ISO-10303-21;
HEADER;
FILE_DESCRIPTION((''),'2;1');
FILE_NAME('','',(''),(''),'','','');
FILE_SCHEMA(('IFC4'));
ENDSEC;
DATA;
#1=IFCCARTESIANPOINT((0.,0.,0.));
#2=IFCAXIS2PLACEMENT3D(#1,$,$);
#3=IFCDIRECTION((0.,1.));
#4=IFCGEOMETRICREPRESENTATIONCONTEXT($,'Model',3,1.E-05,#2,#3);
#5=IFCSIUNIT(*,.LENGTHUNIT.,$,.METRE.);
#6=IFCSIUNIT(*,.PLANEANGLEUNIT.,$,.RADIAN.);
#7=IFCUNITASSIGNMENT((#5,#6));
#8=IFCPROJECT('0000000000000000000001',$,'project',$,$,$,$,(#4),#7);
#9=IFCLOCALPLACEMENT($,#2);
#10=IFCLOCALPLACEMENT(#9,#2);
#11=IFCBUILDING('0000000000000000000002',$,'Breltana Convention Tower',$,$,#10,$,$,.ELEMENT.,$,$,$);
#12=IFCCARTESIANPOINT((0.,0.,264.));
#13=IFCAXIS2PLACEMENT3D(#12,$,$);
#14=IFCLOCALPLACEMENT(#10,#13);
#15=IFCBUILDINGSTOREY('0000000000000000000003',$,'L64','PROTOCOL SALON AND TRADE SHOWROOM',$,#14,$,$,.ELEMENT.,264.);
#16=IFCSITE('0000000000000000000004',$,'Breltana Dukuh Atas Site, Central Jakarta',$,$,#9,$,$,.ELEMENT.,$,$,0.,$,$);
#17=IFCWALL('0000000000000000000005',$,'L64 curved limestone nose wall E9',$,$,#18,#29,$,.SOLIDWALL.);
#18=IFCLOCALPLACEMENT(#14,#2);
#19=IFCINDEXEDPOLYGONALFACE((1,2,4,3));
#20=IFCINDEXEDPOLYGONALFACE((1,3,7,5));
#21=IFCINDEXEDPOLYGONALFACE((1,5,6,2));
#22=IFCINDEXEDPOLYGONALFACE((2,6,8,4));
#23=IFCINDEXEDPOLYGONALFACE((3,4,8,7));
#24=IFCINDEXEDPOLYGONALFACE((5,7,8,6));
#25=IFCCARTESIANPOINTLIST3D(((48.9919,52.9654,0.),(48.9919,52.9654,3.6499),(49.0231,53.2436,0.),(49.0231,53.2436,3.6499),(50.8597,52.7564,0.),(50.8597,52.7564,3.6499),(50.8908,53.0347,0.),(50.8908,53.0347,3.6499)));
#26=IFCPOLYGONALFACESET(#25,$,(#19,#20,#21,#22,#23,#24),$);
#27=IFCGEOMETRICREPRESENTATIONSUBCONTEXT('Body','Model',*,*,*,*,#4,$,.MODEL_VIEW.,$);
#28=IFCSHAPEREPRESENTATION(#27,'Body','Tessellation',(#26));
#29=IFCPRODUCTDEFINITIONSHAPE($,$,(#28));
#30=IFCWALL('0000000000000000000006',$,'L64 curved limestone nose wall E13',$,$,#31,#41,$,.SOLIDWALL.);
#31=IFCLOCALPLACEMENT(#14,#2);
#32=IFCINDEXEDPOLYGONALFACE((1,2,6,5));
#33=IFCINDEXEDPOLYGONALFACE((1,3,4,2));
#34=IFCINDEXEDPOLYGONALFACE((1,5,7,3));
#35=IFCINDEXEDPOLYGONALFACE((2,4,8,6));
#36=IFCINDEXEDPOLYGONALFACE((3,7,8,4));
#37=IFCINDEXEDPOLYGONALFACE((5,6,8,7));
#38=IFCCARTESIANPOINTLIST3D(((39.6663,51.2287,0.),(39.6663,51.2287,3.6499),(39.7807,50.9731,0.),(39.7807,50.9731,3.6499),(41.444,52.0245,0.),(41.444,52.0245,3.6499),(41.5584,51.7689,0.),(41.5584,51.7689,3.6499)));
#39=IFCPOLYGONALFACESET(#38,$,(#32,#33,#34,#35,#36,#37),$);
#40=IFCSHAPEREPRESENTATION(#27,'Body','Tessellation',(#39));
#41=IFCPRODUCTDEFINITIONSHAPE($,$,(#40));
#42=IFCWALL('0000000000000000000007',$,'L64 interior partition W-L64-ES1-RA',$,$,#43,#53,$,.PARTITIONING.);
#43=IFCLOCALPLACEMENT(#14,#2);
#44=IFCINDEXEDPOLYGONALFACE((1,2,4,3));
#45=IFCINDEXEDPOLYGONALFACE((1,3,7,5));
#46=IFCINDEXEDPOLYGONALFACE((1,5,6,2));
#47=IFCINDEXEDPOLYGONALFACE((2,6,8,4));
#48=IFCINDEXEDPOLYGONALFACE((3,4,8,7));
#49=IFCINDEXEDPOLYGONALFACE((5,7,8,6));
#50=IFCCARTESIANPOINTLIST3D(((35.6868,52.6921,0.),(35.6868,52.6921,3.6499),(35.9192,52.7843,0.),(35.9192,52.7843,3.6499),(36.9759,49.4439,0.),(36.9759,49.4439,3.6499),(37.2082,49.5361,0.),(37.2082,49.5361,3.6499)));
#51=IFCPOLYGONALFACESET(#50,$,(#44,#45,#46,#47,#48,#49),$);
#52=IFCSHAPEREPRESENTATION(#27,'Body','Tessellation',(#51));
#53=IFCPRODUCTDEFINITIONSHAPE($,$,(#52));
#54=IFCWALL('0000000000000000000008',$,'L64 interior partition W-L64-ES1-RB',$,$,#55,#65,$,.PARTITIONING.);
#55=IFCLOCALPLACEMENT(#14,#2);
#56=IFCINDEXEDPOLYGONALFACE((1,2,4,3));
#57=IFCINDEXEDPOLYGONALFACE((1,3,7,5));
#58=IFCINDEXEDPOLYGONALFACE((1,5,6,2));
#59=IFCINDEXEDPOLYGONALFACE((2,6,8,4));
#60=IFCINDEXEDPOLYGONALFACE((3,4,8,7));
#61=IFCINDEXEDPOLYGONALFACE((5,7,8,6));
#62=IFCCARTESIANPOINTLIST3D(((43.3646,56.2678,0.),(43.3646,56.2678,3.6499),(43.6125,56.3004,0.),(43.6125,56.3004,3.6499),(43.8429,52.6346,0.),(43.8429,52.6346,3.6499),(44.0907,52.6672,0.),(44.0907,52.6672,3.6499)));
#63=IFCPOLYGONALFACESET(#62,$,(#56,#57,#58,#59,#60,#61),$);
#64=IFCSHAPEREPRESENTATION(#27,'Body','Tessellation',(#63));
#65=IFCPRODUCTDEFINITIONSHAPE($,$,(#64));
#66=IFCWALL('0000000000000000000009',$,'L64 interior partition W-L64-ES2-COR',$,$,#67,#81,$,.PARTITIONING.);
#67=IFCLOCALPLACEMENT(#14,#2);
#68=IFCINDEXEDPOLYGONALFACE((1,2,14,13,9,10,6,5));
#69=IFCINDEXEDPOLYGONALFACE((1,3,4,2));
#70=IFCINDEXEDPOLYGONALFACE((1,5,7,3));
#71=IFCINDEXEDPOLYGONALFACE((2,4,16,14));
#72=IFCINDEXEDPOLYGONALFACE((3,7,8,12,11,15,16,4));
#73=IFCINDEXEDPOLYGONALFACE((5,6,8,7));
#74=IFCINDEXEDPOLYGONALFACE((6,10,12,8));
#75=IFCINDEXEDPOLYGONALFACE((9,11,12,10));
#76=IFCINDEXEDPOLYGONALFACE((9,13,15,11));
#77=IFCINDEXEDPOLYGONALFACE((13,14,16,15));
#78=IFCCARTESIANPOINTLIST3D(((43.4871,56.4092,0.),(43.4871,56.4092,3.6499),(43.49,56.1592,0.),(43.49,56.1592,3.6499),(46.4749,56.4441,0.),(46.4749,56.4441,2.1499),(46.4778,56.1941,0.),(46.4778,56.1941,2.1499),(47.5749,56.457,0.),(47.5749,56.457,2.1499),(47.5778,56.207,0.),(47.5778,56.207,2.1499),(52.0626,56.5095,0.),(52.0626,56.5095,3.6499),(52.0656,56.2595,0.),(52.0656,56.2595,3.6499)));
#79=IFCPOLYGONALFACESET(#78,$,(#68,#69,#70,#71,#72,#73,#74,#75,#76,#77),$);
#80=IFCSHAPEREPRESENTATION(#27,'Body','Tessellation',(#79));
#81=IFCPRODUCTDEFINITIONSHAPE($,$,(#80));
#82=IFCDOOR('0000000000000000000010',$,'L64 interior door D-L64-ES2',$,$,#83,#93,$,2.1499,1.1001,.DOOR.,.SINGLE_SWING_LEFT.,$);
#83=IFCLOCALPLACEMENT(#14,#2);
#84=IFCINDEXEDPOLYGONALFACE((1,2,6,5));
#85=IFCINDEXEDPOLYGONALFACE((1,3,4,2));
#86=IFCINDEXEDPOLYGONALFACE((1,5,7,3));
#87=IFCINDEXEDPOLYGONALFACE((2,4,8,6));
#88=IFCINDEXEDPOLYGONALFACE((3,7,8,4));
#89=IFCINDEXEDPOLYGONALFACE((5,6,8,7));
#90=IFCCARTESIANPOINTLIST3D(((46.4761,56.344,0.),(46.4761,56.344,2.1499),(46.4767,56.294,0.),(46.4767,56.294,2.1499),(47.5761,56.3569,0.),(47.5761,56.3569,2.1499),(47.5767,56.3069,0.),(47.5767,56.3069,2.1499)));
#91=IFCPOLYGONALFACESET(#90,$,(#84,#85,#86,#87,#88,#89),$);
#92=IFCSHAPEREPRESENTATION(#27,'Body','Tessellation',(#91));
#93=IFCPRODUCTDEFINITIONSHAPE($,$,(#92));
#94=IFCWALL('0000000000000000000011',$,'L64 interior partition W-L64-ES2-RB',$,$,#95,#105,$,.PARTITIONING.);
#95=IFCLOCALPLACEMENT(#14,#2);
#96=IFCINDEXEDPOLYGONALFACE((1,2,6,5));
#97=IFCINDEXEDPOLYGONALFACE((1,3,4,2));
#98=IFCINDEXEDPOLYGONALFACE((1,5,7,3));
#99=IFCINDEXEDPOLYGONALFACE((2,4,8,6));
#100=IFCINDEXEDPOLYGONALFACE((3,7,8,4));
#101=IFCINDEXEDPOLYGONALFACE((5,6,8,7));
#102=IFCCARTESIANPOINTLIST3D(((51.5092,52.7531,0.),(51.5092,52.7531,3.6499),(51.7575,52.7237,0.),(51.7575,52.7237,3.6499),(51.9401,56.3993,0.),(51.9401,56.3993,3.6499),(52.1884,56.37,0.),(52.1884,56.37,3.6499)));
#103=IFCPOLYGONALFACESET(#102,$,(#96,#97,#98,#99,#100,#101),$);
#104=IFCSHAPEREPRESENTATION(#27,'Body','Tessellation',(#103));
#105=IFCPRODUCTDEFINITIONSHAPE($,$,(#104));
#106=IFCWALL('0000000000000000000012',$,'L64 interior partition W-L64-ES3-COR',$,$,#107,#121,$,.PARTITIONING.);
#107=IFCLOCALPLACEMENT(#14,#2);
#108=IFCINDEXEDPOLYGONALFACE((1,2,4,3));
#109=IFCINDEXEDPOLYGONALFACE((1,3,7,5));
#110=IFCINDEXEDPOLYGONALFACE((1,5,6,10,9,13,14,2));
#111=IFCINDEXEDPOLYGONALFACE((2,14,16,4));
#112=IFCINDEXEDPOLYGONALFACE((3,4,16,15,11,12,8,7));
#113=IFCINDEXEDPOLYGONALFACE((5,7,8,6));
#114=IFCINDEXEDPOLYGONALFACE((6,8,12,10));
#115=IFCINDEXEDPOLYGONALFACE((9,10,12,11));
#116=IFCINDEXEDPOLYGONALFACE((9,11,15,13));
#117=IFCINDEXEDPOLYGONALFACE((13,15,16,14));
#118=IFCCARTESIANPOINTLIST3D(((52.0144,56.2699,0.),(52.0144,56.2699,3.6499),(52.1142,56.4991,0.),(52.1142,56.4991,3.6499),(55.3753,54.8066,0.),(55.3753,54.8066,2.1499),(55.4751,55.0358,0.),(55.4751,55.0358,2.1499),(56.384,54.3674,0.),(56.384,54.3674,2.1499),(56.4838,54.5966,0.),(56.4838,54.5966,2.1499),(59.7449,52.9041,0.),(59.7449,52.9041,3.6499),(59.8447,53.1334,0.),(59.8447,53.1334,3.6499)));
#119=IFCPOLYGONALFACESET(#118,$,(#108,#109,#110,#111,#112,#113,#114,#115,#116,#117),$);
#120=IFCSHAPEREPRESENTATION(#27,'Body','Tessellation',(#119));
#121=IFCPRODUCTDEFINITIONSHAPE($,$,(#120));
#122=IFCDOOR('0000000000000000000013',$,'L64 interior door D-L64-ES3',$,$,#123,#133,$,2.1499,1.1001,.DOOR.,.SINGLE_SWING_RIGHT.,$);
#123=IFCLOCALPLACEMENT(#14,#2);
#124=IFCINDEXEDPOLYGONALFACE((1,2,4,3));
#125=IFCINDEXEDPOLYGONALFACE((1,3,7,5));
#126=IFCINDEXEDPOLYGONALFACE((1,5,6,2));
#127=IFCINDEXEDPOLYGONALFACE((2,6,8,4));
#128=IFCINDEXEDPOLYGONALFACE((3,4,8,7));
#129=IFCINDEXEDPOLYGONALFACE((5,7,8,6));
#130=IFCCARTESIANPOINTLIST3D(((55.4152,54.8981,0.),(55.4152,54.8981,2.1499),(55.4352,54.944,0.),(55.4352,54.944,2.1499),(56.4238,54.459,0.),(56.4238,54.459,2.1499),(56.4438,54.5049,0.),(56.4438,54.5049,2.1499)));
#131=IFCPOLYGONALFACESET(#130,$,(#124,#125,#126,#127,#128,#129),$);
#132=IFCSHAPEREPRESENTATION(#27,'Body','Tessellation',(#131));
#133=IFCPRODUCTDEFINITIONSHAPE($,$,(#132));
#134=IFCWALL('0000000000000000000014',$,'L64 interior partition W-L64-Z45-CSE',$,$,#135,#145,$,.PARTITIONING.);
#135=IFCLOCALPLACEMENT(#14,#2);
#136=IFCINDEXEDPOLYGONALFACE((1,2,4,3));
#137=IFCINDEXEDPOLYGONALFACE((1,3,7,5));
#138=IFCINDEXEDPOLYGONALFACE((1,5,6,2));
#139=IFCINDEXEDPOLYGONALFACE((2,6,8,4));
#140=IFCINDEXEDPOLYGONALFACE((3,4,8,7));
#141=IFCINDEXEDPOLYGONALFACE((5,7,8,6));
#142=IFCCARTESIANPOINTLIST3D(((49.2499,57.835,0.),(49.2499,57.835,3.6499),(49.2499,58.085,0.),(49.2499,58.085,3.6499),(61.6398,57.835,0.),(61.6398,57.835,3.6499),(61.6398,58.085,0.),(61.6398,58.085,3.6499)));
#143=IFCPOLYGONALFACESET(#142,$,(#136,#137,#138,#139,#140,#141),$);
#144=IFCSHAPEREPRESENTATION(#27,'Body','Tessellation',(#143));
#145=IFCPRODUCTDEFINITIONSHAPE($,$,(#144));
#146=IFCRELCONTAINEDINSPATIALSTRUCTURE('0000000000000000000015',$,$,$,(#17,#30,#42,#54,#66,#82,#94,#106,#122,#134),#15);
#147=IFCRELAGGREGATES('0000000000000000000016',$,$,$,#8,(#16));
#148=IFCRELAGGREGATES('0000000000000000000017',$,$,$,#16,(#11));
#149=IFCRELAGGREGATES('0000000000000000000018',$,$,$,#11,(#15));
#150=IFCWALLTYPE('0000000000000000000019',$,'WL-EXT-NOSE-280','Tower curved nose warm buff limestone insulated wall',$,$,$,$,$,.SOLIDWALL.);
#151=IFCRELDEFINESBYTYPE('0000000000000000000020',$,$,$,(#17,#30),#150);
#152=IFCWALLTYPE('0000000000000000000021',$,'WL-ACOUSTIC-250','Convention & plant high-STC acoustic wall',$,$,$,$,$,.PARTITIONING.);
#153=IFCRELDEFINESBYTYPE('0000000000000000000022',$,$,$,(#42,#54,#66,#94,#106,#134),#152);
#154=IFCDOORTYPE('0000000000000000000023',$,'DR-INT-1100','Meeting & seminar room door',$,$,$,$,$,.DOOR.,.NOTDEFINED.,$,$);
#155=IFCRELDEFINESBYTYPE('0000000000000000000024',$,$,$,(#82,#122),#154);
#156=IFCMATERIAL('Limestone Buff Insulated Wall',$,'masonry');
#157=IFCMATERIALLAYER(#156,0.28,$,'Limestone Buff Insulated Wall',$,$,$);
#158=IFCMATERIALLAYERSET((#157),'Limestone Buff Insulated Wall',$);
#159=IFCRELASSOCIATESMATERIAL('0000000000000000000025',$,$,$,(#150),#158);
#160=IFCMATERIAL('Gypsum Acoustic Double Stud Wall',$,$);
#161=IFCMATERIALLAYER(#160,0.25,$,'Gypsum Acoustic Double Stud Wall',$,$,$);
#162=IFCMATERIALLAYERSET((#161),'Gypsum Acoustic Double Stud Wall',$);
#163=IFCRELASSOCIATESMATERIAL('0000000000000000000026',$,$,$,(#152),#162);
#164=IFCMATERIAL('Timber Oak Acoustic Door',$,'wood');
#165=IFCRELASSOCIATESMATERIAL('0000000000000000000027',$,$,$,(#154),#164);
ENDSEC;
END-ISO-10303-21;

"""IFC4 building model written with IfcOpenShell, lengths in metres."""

from ifc_helpers import new_model, si_unit, direction, frame, frame_2d, origin, place, context, subcontext, project, spatial, rectangle, extrude, source, transform, mapped, material, layer, layer_set, type_object, type_shapes, element, fill, save


model = new_model("IFC4")

# Units and contexts
model_context = context("Model", 3, precision=1e-05, world=origin(), true_north=direction((0.0, 1.0)))
body_context = subcontext(model_context, "Body", "Model", "MODEL_VIEW")
ifc_project = project(units=[si_unit("LENGTHUNIT", "METRE"), si_unit("PLANEANGLEUNIT", "RADIAN")], contexts=[model_context])

# Site, building, storey
site_placement = place(None, origin())
site = spatial("IfcSite", under=ifc_project, at=site_placement, Name="Breltana Dukuh Atas Site, Central Jakarta", CompositionType="ELEMENT", RefElevation=0.0)
building_placement = place(site_placement, origin())
building = spatial("IfcBuilding", under=site, at=building_placement, Name="Breltana Convention Tower", CompositionType="ELEMENT")
storey_placement = place(building_placement, frame((0.0, 0.0, 264.0)))
storey = spatial("IfcBuildingStorey", under=building, at=storey_placement, Name="L64", Description="PROTOCOL SALON AND TRADE SHOWROOM", CompositionType="ELEMENT", Elevation=264.0)

# Walls
ifc_material_1 = material(Name="Limestone Buff Insulated Wall", Category="masonry")
ifc_layer_1 = layer(ifc_material_1, 0.28, Name="Limestone Buff Insulated Wall")
ifc_layer_set_1 = layer_set([ifc_layer_1], Name="Limestone Buff Insulated Wall")
wall_type_1 = type_object("IfcWallType", Name="WL-EXT-NOSE-280", Description="Tower curved nose warm buff limestone insulated wall", PredefinedType="SOLIDWALL", material=ifc_layer_set_1)
shared_shape_1 = source(origin(), body_context, "Body", "SweptSolid", [
    extrude(rectangle(XDim=1.8794, YDim=0.28, at=frame_2d((0.9397, 0.0))), origin(), (0.0, 0.0, 1.0), 3.6499),
])
wall_1_placement = place(storey_placement, frame((50.8752, 52.8955, 0.0), z_axis=(0.0, 0.0, 1.0), x_axis=(-0.993798, 0.111201, 0.0)))
element("IfcWall", 1, at=wall_1_placement, inside=storey, type_object=wall_type_1, Name="L64 curved limestone nose wall E9", PredefinedType="SOLIDWALL", context=body_context, shape_type="MappedRepresentation", body=[
    mapped(shared_shape_1, transform((0.0, 0.0, 0.0), scale=1.0)),
])
shared_shape_2 = source(origin(), body_context, "Body", "SweptSolid", [
    extrude(rectangle(XDim=1.9478, YDim=0.28, at=frame_2d((0.9739, 0.0))), origin(), (0.0, 0.0, 1.0), 3.6499),
])
wall_2_placement = place(storey_placement, frame((41.5012, 51.8967, 0.0), z_axis=(0.0, 0.0, 1.0), x_axis=(-0.912712, -0.408602, 0.0)))
element("IfcWall", 2, at=wall_2_placement, inside=storey, type_object=wall_type_1, Name="L64 curved limestone nose wall E13", PredefinedType="SOLIDWALL", context=body_context, shape_type="MappedRepresentation", body=[
    mapped(shared_shape_2, transform((0.0, 0.0, 0.0), scale=1.0)),
])
ifc_material_2 = material(Name="Gypsum Acoustic Double Stud Wall")
ifc_layer_2 = layer(ifc_material_2, 0.25, Name="Gypsum Acoustic Double Stud Wall")
ifc_layer_set_2 = layer_set([ifc_layer_2], Name="Gypsum Acoustic Double Stud Wall")
wall_type_2 = type_object("IfcWallType", Name="WL-ACOUSTIC-250", Description="Convention & plant high-STC acoustic wall", PredefinedType="PARTITIONING", material=ifc_layer_set_2)
shared_shape_3 = source(origin(), body_context, "Body", "SweptSolid", [
    extrude(rectangle(XDim=3.4946, YDim=0.25, at=frame_2d((1.7473, 0.0))), origin(), (0.0, 0.0, 1.0), 3.6499),
])
wall_3_placement = place(storey_placement, frame((37.092, 49.49, 0.0), z_axis=(0.0, 0.0, 1.0), x_axis=(-0.36886, 0.929485, 0.0)))
element("IfcWall", 3, at=wall_3_placement, inside=storey, type_object=wall_type_2, Name="L64 interior partition W-L64-ES1-RA", PredefinedType="PARTITIONING", context=body_context, shape_type="MappedRepresentation", body=[
    mapped(shared_shape_3, transform((0.0, 0.0, 0.0), scale=1.0)),
])
shared_shape_4 = source(origin(), body_context, "Body", "SweptSolid", [
    extrude(rectangle(XDim=3.6646, YDim=0.25, at=frame_2d((1.8323, 0.0))), origin(), (0.0, 0.0, 1.0), 3.6499),
])
wall_4_placement = place(storey_placement, frame((43.9668, 52.6509, 0.0), z_axis=(0.0, 0.0, 1.0), x_axis=(-0.13051, 0.991447, 0.0)))
element("IfcWall", 4, at=wall_4_placement, inside=storey, type_object=wall_type_2, Name="L64 interior partition W-L64-ES1-RB", PredefinedType="PARTITIONING", context=body_context, shape_type="MappedRepresentation", body=[
    mapped(shared_shape_4, transform((0.0, 0.0, 0.0), scale=1.0)),
])

# Wall, opening, door
shared_shape_5 = source(origin(), body_context, "Body", "SweptSolid", [
    extrude(rectangle(XDim=8.5762, YDim=0.25, at=frame_2d((4.2881, 0.0))), origin(), (0.0, 0.0, 1.0), 3.6499),
])
wall_5_placement = place(storey_placement, frame((43.4885, 56.2842, 0.0), z_axis=(0.0, 0.0, 1.0), x_axis=(0.999932, 0.0117, 0.0)))
wall_5 = element("IfcWall", 5, at=wall_5_placement, inside=storey, type_object=wall_type_2, Name="L64 interior partition W-L64-ES2-COR", PredefinedType="PARTITIONING", context=body_context, shape_type="MappedRepresentation", body=[
    mapped(shared_shape_5, transform((0.0, 0.0, 0.0), scale=1.0)),
])
opening_1_placement = place(wall_5_placement, frame((2.988, 0.0, 0.0)))
opening_1 = element("IfcOpeningElement", 6, at=opening_1_placement, cuts=wall_5, PredefinedType="OPENING", context=body_context, shape_type="SweptSolid", body=[
    extrude(rectangle(XDim=1.1001, YDim=2.1499, at=frame_2d((0.55, 1.075))), frame((0.0, 0.135, 0.0), z_axis=(0.0, -1.0, 0.0), x_axis=(1.0, 0.0, 0.0)), (0.0, 0.0, 1.0), 0.27),
])
ifc_material_3 = material(Name="Timber Oak Acoustic Door", Category="wood")
door_type = type_object("IfcDoorType", Name="DR-INT-1100", Description="Meeting & seminar room door", OperationType="NOTDEFINED", PredefinedType="DOOR", material=ifc_material_3)
shared_shape_6 = source(origin(), body_context, "Body", "SweptSolid", [
    extrude(rectangle(XDim=1.1001, YDim=2.1499, at=frame_2d((0.55, 1.075))), frame((0.0, 0.0249, 0.0), z_axis=(0.0, -1.0, 0.0), x_axis=(1.0, 0.0, 0.0)), (0.0, 0.0, 1.0), 0.05),
])
type_shapes(door_type, [shared_shape_6])
door_1_placement = place(opening_1_placement, origin())
door_1 = element("IfcDoor", 7, at=door_1_placement, inside=storey, type_object=door_type, Name="L64 interior door D-L64-ES2", OperationType="SINGLE_SWING_LEFT", OverallHeight=2.1499, OverallWidth=1.1001, PredefinedType="DOOR", context=body_context, shape_type="MappedRepresentation", body=[
    mapped(shared_shape_6, transform((0.0, 0.0, 0.0), scale=1.0)),
])
fill(opening_1, door_1)

# Wall
shared_shape_7 = source(origin(), body_context, "Body", "SweptSolid", [
    extrude(rectangle(XDim=3.6716, YDim=0.25, at=frame_2d((1.8359, 0.0))), origin(), (0.0, 0.0, 1.0), 3.6499),
])
wall_6_placement = place(storey_placement, frame((51.6333, 52.7383, 0.0), z_axis=(0.0, 0.0, 1.0), x_axis=(0.117362, 0.993089, 0.0)))
element("IfcWall", 8, at=wall_6_placement, inside=storey, type_object=wall_type_2, Name="L64 interior partition W-L64-ES2-RB", PredefinedType="PARTITIONING", context=body_context, shape_type="MappedRepresentation", body=[
    mapped(shared_shape_7, transform((0.0, 0.0, 0.0), scale=1.0)),
])

# Wall, opening, door
shared_shape_8 = source(origin(), body_context, "Body", "SweptSolid", [
    extrude(rectangle(XDim=8.4314, YDim=0.25, at=frame_2d((4.2158, 0.0))), origin(), (0.0, 0.0, 1.0), 3.6499),
])
wall_7_placement = place(storey_placement, frame((52.0642, 56.3845, 0.0), z_axis=(0.0, 0.0, 1.0), x_axis=(0.916868, -0.39919, 0.0)))
wall_7 = element("IfcWall", 9, at=wall_7_placement, inside=storey, type_object=wall_type_2, Name="L64 interior partition W-L64-ES3-COR", PredefinedType="PARTITIONING", context=body_context, shape_type="MappedRepresentation", body=[
    mapped(shared_shape_8, transform((0.0, 0.0, 0.0), scale=1.0)),
])
opening_2_placement = place(wall_7_placement, frame((3.6658, 0.0, 0.0)))
opening_2 = element("IfcOpeningElement", 10, at=opening_2_placement, cuts=wall_7, PredefinedType="OPENING", context=body_context, shape_type="SweptSolid", body=[
    extrude(rectangle(XDim=1.1001, YDim=2.1499, at=frame_2d((0.55, 1.075))), frame((0.0, 0.135, 0.0), z_axis=(0.0, -1.0, 0.0), x_axis=(1.0, 0.0, 0.0)), (0.0, 0.0, 1.0), 0.27),
])
door_2_placement = place(opening_2_placement, origin())
door_2 = element("IfcDoor", 11, at=door_2_placement, inside=storey, type_object=door_type, Name="L64 interior door D-L64-ES3", OperationType="SINGLE_SWING_RIGHT", OverallHeight=2.1499, OverallWidth=1.1001, PredefinedType="DOOR", context=body_context, shape_type="MappedRepresentation", body=[
    mapped(shared_shape_6, transform((0.0, 0.0, 0.0), scale=1.0)),
])
fill(opening_2, door_2)

# Wall
shared_shape_9 = source(origin(), body_context, "Body", "SweptSolid", [
    extrude(rectangle(XDim=12.3899, YDim=0.25, at=frame_2d((6.1948, 0.0))), origin(), (0.0, 0.0, 1.0), 3.6499),
])
wall_8_placement = place(storey_placement, frame((49.25, 57.96, 0.0), z_axis=(0.0, 0.0, 1.0), x_axis=(1.0, 0.0, 0.0)))
element("IfcWall", 12, at=wall_8_placement, inside=storey, type_object=wall_type_2, Name="L64 interior partition W-L64-Z45-CSE", PredefinedType="PARTITIONING", context=body_context, shape_type="MappedRepresentation", body=[
    mapped(shared_shape_9, transform((0.0, 0.0, 0.0), scale=1.0)),
])

save(model, "model.ifc")
